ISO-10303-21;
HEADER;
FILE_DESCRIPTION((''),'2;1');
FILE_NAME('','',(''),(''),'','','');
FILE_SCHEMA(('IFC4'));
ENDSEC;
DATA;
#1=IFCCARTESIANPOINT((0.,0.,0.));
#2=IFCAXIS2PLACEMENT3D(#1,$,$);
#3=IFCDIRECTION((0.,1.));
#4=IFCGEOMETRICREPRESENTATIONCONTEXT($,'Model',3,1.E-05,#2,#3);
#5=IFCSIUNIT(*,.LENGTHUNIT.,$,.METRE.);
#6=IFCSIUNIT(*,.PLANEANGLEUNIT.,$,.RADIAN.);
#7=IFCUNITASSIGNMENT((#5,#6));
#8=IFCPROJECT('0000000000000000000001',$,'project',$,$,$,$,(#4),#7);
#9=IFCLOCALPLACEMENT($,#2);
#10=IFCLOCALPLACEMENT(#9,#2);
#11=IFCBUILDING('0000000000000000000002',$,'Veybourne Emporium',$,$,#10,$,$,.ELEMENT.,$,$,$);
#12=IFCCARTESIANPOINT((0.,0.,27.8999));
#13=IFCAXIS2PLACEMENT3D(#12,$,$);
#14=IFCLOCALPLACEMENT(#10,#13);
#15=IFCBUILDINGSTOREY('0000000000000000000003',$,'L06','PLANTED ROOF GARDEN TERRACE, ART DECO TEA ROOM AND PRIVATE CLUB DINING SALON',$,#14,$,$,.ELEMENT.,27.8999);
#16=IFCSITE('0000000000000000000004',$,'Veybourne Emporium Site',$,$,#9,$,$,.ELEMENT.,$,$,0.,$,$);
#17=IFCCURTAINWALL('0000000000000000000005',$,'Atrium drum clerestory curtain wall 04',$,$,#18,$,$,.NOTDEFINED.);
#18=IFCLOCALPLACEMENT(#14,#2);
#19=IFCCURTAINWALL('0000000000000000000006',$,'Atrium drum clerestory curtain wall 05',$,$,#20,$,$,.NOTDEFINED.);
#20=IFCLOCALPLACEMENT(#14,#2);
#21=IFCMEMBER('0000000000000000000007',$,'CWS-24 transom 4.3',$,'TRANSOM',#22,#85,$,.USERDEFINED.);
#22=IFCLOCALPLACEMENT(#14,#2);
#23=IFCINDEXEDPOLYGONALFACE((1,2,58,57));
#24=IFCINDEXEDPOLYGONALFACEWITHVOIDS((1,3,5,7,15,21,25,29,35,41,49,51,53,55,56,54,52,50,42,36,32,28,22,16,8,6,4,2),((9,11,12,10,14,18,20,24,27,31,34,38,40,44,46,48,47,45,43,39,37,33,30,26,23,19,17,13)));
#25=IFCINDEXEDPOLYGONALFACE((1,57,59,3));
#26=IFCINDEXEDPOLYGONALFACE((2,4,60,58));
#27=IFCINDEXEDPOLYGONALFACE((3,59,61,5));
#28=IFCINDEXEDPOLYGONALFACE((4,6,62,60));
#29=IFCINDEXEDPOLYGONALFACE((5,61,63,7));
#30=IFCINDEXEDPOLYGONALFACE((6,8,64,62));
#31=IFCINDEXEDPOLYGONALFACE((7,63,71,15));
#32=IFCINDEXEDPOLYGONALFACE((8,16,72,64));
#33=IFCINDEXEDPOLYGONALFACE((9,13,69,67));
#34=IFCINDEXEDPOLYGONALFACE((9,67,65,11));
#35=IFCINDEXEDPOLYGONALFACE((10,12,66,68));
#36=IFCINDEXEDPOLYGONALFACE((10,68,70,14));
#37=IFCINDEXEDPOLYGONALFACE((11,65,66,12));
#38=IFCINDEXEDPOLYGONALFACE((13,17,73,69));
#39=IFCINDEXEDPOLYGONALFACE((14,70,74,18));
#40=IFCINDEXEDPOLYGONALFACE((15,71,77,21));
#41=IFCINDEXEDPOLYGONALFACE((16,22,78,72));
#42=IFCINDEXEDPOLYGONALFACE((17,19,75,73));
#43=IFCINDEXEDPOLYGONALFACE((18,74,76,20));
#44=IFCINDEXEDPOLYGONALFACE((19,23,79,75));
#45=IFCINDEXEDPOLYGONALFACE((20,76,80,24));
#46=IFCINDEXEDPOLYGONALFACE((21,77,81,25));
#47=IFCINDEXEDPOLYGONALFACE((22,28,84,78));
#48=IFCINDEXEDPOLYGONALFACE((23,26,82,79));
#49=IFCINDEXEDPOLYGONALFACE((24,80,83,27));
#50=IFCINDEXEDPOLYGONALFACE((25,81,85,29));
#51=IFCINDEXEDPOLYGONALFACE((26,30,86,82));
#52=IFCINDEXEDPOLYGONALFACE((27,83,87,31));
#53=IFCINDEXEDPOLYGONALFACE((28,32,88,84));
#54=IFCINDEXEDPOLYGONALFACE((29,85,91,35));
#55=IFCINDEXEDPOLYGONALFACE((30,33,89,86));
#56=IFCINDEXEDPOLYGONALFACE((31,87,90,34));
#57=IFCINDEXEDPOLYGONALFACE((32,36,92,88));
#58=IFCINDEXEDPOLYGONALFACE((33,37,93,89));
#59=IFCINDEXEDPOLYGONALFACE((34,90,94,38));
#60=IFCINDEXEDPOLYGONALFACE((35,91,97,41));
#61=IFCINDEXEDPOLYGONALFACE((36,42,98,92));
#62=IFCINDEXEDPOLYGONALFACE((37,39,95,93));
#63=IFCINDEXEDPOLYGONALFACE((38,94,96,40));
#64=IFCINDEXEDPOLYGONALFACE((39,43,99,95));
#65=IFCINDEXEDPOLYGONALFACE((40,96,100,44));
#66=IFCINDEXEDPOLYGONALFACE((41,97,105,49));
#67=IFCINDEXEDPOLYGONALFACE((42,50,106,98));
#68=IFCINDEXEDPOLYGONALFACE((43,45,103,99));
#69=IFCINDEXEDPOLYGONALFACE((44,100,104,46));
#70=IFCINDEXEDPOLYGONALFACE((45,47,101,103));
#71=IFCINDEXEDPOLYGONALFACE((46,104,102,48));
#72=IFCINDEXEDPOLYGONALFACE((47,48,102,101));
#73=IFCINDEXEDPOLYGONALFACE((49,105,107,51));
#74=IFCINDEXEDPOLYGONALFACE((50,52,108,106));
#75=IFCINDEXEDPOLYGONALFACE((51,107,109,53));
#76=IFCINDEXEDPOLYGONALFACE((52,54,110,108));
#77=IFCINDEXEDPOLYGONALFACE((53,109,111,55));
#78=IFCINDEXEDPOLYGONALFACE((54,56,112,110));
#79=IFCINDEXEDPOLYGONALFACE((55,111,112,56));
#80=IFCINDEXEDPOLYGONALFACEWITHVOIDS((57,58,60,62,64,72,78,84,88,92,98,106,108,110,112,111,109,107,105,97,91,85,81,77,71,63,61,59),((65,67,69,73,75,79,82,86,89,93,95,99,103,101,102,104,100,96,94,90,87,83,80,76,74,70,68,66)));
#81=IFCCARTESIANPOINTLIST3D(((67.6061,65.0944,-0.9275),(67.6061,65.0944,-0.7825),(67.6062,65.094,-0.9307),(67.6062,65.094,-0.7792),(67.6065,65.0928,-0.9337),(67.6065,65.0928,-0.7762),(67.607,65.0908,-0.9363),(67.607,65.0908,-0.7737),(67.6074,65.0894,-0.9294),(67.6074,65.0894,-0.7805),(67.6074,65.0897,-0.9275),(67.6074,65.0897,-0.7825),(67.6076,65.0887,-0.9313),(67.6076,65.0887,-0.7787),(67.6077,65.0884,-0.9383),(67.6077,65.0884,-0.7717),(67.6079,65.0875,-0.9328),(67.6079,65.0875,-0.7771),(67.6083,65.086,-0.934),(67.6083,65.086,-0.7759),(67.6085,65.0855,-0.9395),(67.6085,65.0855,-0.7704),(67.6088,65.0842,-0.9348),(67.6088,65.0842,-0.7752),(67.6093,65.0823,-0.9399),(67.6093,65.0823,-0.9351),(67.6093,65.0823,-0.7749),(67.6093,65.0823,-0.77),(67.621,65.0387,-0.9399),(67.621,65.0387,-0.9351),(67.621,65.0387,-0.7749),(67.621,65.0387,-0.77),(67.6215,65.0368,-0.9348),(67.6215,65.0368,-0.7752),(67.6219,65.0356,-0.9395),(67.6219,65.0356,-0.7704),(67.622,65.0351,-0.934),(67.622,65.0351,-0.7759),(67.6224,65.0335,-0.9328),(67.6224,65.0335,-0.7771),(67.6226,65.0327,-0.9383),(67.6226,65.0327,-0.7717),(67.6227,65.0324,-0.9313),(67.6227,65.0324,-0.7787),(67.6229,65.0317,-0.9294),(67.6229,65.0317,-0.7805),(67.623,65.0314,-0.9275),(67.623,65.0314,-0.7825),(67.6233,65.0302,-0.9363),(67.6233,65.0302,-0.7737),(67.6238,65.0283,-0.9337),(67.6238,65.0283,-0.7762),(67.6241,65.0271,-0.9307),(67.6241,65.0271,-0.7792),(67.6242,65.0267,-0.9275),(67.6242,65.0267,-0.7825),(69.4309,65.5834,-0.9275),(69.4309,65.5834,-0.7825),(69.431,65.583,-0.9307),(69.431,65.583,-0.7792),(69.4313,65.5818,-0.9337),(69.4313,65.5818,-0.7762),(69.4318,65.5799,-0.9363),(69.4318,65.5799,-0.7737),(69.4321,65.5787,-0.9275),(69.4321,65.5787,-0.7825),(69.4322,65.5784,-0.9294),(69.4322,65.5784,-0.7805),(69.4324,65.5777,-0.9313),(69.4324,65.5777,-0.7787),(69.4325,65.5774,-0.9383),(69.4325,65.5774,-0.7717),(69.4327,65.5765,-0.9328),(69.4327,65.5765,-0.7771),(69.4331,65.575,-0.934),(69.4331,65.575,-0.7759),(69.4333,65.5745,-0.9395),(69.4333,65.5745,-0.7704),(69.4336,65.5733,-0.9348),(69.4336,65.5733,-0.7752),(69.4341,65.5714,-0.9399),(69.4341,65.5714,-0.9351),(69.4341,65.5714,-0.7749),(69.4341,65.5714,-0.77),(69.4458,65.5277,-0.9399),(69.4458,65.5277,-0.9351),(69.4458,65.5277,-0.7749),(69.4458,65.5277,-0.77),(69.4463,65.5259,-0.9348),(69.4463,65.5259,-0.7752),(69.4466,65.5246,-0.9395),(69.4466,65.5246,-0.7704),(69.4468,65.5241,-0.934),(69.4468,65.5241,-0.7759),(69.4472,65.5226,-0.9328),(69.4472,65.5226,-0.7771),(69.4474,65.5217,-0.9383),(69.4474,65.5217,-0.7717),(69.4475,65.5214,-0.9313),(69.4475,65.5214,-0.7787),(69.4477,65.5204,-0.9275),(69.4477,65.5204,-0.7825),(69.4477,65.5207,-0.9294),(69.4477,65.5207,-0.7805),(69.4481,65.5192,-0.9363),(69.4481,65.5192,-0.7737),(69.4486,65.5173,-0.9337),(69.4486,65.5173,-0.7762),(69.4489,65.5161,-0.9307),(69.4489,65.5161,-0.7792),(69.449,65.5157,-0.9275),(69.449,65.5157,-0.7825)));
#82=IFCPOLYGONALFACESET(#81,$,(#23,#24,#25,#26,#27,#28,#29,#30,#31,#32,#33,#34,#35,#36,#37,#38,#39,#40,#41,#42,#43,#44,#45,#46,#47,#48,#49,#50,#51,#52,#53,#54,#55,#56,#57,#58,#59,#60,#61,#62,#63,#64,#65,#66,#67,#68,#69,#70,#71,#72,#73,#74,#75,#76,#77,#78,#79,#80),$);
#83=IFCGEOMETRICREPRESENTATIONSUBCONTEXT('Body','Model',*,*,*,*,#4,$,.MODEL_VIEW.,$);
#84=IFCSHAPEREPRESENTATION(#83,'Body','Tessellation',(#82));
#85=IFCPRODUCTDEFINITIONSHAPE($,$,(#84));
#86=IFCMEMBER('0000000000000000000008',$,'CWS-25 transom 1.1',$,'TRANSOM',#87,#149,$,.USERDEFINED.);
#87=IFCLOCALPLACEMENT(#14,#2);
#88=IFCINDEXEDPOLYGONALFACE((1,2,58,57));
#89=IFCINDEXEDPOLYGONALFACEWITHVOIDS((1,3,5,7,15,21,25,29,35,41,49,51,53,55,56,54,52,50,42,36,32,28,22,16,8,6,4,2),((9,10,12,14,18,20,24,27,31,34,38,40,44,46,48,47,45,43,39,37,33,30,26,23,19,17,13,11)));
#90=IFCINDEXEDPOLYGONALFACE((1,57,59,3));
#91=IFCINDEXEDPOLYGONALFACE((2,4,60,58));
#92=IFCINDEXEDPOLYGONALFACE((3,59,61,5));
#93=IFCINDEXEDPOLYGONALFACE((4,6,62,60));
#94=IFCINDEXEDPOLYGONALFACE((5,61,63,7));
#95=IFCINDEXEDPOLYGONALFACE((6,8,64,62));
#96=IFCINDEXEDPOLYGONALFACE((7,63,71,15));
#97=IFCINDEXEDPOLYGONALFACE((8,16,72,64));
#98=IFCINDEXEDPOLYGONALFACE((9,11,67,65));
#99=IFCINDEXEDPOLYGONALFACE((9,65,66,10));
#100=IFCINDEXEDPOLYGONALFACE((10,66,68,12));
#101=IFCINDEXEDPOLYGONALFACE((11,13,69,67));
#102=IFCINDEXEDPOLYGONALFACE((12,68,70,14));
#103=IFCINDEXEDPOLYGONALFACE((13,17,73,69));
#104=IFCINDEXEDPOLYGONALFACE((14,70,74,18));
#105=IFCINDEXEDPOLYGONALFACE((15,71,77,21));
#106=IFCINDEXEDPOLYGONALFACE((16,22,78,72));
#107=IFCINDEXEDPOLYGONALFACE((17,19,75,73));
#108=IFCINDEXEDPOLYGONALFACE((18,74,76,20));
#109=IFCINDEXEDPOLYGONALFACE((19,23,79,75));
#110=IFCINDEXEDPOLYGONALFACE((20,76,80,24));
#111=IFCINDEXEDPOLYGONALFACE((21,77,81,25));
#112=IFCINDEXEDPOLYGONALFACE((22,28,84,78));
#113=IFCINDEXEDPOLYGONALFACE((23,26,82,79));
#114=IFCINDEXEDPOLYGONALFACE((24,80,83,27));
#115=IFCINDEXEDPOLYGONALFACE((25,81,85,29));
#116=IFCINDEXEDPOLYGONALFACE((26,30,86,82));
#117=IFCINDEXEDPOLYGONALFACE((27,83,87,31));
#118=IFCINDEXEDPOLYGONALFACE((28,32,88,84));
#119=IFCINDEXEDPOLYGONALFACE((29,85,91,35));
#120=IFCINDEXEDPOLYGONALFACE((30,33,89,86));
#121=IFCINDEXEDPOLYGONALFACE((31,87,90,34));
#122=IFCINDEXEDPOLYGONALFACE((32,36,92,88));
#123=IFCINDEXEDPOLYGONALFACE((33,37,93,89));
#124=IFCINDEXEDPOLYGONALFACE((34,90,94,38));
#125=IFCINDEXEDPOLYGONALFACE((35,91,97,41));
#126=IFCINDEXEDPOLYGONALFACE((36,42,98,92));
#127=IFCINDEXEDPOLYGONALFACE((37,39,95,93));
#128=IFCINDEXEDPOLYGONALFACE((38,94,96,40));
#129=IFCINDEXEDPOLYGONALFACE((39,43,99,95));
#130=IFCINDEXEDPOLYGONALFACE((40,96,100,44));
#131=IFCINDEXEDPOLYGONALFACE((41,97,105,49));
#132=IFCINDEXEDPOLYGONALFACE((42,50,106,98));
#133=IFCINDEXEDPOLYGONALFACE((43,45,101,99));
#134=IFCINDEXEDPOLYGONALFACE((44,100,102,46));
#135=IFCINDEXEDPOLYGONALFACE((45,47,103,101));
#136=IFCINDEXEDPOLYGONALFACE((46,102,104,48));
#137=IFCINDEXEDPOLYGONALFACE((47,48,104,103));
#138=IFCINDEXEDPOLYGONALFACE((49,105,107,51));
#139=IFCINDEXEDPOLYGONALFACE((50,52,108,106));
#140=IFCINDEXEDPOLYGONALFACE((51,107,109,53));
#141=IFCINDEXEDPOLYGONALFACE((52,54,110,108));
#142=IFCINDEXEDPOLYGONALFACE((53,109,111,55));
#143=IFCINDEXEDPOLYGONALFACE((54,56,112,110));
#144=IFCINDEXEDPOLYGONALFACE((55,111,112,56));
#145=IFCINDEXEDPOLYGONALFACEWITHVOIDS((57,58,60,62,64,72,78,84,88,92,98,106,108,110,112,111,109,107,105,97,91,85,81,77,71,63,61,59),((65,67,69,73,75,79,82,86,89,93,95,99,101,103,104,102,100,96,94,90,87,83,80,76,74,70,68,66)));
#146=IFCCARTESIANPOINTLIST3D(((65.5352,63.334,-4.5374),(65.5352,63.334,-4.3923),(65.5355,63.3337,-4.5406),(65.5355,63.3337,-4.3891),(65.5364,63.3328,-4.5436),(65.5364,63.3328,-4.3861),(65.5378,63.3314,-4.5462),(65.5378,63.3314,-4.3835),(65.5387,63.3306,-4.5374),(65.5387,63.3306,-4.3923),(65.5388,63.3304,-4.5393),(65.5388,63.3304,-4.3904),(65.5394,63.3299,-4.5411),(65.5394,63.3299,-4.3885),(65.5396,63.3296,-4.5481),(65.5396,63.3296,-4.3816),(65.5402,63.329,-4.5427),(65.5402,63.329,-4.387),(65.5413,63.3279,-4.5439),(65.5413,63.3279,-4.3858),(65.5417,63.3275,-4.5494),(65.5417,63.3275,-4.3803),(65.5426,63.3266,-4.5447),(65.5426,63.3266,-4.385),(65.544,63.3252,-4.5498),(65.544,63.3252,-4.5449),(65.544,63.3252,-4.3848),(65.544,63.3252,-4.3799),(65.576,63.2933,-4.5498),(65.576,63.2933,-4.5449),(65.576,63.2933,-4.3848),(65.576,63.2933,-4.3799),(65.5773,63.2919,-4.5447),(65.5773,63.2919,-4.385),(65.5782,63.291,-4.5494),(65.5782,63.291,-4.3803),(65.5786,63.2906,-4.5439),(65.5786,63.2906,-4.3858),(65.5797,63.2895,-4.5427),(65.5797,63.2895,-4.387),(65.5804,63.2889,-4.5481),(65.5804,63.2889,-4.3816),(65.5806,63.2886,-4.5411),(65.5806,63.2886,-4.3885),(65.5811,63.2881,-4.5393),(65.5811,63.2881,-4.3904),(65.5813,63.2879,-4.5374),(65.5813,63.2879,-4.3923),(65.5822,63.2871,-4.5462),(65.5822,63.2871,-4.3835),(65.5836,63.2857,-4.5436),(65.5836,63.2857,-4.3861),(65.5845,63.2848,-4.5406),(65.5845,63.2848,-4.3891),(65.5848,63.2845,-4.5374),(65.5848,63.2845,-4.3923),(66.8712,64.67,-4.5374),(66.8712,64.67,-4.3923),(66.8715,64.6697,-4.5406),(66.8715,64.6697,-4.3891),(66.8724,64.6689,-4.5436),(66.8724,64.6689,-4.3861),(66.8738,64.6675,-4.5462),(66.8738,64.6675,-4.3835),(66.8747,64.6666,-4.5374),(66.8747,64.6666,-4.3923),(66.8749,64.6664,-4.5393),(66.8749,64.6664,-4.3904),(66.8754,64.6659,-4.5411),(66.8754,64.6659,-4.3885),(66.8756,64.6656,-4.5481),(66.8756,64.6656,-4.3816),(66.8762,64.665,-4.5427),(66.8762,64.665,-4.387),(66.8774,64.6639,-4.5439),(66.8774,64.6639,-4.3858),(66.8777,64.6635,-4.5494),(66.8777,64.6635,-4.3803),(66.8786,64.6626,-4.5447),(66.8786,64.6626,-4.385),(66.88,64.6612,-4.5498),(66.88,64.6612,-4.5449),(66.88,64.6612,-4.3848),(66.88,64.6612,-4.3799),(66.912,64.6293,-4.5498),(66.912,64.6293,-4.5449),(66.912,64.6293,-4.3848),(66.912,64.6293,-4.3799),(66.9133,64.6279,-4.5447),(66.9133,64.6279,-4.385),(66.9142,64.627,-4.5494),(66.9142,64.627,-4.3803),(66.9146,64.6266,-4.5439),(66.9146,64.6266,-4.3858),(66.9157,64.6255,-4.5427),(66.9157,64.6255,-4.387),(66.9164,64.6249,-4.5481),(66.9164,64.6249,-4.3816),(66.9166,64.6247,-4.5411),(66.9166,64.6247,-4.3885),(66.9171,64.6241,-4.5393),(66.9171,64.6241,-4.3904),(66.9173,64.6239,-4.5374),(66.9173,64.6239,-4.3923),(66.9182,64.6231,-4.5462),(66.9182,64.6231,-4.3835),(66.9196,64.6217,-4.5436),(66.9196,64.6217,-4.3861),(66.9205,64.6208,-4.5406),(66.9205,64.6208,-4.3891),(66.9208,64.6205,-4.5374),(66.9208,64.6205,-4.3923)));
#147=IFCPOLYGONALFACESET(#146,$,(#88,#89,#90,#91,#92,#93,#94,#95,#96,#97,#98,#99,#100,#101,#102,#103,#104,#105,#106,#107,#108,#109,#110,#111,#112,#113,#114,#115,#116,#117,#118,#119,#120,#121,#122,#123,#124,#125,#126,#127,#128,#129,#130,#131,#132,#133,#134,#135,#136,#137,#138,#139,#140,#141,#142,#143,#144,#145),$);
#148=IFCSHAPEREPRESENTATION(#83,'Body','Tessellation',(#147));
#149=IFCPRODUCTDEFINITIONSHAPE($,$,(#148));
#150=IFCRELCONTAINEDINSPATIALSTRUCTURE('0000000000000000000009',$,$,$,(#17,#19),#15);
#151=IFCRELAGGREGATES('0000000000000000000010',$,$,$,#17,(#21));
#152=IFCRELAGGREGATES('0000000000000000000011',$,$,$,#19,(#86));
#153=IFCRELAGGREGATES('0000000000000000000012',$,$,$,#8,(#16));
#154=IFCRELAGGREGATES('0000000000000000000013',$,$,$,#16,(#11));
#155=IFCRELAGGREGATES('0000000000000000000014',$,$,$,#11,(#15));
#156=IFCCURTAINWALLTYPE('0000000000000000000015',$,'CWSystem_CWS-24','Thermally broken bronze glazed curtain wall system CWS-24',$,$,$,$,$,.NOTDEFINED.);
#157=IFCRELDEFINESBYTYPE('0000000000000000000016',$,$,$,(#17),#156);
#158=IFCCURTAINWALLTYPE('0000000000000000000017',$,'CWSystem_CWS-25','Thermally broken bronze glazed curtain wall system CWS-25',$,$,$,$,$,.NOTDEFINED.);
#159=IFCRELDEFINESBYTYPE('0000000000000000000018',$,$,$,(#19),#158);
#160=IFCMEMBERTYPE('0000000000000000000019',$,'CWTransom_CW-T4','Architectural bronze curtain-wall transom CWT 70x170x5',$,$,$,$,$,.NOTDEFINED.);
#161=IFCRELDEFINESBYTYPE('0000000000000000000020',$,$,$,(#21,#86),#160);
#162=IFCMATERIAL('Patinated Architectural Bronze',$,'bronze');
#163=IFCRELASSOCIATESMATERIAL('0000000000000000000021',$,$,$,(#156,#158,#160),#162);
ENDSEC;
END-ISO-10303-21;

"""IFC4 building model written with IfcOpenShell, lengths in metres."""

from ifc_helpers import new_model, si_unit, direction, frame, origin, origin_2d, place, context, subcontext, project, spatial, hollow_rectangle, extrude, material, material_profile, profile_set, type_object, element, aggregate, save


model = new_model("IFC4")

# Units and contexts
model_context = context("Model", 3, precision=1e-05, world=origin(), true_north=direction((0.0, 1.0)))
body_context = subcontext(model_context, "Body", "Model", "MODEL_VIEW")
ifc_project = project(units=[si_unit("LENGTHUNIT", "METRE"), si_unit("PLANEANGLEUNIT", "RADIAN")], contexts=[model_context])

# Site, building, storey
site_placement = place(None, origin())
site = spatial("IfcSite", under=ifc_project, at=site_placement, Name="Veybourne Emporium Site", CompositionType="ELEMENT", RefElevation=0.0)
building_placement = place(site_placement, origin())
building = spatial("IfcBuilding", under=site, at=building_placement, Name="Veybourne Emporium", CompositionType="ELEMENT")
storey_placement = place(building_placement, frame((0.0, 0.0, 27.8999)))
storey = spatial("IfcBuildingStorey", under=building, at=storey_placement, Name="L06", Description="PLANTED ROOF GARDEN TERRACE, ART DECO TEA ROOM AND PRIVATE CLUB DINING SALON", CompositionType="ELEMENT", Elevation=27.8999)

# Curtain walls
ifc_material_1 = material(Name="Patinated Architectural Bronze", Category="bronze")
curtain_wall_type_1 = type_object("IfcCurtainWallType", Name="CWSystem_CWS-24", Description="Thermally broken bronze glazed curtain wall system CWS-24", PredefinedType="NOTDEFINED", material=ifc_material_1)
curtain_wall_1_placement = place(storey_placement, origin())
curtain_wall_1 = element("IfcCurtainWall", 1, at=curtain_wall_1_placement, inside=storey, type_object=curtain_wall_type_1, Name="Atrium drum clerestory curtain wall 04", PredefinedType="NOTDEFINED")
curtain_wall_type_2 = type_object("IfcCurtainWallType", Name="CWSystem_CWS-25", Description="Thermally broken bronze glazed curtain wall system CWS-25", PredefinedType="NOTDEFINED", material=ifc_material_1)
curtain_wall_2_placement = place(storey_placement, origin())
curtain_wall_2 = element("IfcCurtainWall", 2, at=curtain_wall_2_placement, inside=storey, type_object=curtain_wall_type_2, Name="Atrium drum clerestory curtain wall 05", PredefinedType="NOTDEFINED")

# Members
ifc_material_profile_1 = material_profile(ifc_material_1, hollow_rectangle(XDim=0.0701, YDim=0.1699, WallThickness=0.0049, InnerFilletRadius=0.0076, OuterFilletRadius=0.0125, at=origin_2d()), Name="CWT 70x170x5")
ifc_profile_set_1 = profile_set([ifc_material_profile_1], Name="Patinated Architectural Bronze")
member_type_1 = type_object("IfcMemberType", Name="CWTransom_CW-T4", Description="Architectural bronze curtain-wall transom CWT 70x170x5", PredefinedType="NOTDEFINED", material=ifc_profile_set_1)
member_1_placement = place(storey_placement, frame((69.4399, 65.5496, -0.855), z_axis=(-0.965915, -0.258861, 0.0), x_axis=(0.258861, -0.965915, 0.0)))
member_1 = element("IfcMember", 3, at=member_1_placement, type_object=member_type_1, Name="CWS-24 transom 4.3", ObjectType="TRANSOM", PredefinedType="USERDEFINED", context=body_context, shape_type="SweptSolid", body=[
    extrude(hollow_rectangle(XDim=0.0701, YDim=0.1699, WallThickness=0.0049, InnerFilletRadius=0.0076, OuterFilletRadius=0.0125, at=origin_2d()), origin(), (0.0, 0.0, 1.0), 1.8892),
])
member_2_placement = place(storey_placement, frame((66.896, 64.6453, -4.4648), z_axis=(-0.707107, -0.707107, 0.0), x_axis=(0.707107, -0.707107, 0.0)))
member_2 = element("IfcMember", 4, at=member_2_placement, type_object=member_type_1, Name="CWS-25 transom 1.1", ObjectType="TRANSOM", PredefinedType="USERDEFINED", context=body_context, shape_type="SweptSolid", body=[
    extrude(hollow_rectangle(XDim=0.0701, YDim=0.1699, WallThickness=0.0049, InnerFilletRadius=0.0076, OuterFilletRadius=0.0125, at=origin_2d()), origin(), (0.0, 0.0, 1.0), 1.8894),
])

aggregate(curtain_wall_1, [member_1])
aggregate(curtain_wall_2, [member_2])

save(model, "model.ifc")
